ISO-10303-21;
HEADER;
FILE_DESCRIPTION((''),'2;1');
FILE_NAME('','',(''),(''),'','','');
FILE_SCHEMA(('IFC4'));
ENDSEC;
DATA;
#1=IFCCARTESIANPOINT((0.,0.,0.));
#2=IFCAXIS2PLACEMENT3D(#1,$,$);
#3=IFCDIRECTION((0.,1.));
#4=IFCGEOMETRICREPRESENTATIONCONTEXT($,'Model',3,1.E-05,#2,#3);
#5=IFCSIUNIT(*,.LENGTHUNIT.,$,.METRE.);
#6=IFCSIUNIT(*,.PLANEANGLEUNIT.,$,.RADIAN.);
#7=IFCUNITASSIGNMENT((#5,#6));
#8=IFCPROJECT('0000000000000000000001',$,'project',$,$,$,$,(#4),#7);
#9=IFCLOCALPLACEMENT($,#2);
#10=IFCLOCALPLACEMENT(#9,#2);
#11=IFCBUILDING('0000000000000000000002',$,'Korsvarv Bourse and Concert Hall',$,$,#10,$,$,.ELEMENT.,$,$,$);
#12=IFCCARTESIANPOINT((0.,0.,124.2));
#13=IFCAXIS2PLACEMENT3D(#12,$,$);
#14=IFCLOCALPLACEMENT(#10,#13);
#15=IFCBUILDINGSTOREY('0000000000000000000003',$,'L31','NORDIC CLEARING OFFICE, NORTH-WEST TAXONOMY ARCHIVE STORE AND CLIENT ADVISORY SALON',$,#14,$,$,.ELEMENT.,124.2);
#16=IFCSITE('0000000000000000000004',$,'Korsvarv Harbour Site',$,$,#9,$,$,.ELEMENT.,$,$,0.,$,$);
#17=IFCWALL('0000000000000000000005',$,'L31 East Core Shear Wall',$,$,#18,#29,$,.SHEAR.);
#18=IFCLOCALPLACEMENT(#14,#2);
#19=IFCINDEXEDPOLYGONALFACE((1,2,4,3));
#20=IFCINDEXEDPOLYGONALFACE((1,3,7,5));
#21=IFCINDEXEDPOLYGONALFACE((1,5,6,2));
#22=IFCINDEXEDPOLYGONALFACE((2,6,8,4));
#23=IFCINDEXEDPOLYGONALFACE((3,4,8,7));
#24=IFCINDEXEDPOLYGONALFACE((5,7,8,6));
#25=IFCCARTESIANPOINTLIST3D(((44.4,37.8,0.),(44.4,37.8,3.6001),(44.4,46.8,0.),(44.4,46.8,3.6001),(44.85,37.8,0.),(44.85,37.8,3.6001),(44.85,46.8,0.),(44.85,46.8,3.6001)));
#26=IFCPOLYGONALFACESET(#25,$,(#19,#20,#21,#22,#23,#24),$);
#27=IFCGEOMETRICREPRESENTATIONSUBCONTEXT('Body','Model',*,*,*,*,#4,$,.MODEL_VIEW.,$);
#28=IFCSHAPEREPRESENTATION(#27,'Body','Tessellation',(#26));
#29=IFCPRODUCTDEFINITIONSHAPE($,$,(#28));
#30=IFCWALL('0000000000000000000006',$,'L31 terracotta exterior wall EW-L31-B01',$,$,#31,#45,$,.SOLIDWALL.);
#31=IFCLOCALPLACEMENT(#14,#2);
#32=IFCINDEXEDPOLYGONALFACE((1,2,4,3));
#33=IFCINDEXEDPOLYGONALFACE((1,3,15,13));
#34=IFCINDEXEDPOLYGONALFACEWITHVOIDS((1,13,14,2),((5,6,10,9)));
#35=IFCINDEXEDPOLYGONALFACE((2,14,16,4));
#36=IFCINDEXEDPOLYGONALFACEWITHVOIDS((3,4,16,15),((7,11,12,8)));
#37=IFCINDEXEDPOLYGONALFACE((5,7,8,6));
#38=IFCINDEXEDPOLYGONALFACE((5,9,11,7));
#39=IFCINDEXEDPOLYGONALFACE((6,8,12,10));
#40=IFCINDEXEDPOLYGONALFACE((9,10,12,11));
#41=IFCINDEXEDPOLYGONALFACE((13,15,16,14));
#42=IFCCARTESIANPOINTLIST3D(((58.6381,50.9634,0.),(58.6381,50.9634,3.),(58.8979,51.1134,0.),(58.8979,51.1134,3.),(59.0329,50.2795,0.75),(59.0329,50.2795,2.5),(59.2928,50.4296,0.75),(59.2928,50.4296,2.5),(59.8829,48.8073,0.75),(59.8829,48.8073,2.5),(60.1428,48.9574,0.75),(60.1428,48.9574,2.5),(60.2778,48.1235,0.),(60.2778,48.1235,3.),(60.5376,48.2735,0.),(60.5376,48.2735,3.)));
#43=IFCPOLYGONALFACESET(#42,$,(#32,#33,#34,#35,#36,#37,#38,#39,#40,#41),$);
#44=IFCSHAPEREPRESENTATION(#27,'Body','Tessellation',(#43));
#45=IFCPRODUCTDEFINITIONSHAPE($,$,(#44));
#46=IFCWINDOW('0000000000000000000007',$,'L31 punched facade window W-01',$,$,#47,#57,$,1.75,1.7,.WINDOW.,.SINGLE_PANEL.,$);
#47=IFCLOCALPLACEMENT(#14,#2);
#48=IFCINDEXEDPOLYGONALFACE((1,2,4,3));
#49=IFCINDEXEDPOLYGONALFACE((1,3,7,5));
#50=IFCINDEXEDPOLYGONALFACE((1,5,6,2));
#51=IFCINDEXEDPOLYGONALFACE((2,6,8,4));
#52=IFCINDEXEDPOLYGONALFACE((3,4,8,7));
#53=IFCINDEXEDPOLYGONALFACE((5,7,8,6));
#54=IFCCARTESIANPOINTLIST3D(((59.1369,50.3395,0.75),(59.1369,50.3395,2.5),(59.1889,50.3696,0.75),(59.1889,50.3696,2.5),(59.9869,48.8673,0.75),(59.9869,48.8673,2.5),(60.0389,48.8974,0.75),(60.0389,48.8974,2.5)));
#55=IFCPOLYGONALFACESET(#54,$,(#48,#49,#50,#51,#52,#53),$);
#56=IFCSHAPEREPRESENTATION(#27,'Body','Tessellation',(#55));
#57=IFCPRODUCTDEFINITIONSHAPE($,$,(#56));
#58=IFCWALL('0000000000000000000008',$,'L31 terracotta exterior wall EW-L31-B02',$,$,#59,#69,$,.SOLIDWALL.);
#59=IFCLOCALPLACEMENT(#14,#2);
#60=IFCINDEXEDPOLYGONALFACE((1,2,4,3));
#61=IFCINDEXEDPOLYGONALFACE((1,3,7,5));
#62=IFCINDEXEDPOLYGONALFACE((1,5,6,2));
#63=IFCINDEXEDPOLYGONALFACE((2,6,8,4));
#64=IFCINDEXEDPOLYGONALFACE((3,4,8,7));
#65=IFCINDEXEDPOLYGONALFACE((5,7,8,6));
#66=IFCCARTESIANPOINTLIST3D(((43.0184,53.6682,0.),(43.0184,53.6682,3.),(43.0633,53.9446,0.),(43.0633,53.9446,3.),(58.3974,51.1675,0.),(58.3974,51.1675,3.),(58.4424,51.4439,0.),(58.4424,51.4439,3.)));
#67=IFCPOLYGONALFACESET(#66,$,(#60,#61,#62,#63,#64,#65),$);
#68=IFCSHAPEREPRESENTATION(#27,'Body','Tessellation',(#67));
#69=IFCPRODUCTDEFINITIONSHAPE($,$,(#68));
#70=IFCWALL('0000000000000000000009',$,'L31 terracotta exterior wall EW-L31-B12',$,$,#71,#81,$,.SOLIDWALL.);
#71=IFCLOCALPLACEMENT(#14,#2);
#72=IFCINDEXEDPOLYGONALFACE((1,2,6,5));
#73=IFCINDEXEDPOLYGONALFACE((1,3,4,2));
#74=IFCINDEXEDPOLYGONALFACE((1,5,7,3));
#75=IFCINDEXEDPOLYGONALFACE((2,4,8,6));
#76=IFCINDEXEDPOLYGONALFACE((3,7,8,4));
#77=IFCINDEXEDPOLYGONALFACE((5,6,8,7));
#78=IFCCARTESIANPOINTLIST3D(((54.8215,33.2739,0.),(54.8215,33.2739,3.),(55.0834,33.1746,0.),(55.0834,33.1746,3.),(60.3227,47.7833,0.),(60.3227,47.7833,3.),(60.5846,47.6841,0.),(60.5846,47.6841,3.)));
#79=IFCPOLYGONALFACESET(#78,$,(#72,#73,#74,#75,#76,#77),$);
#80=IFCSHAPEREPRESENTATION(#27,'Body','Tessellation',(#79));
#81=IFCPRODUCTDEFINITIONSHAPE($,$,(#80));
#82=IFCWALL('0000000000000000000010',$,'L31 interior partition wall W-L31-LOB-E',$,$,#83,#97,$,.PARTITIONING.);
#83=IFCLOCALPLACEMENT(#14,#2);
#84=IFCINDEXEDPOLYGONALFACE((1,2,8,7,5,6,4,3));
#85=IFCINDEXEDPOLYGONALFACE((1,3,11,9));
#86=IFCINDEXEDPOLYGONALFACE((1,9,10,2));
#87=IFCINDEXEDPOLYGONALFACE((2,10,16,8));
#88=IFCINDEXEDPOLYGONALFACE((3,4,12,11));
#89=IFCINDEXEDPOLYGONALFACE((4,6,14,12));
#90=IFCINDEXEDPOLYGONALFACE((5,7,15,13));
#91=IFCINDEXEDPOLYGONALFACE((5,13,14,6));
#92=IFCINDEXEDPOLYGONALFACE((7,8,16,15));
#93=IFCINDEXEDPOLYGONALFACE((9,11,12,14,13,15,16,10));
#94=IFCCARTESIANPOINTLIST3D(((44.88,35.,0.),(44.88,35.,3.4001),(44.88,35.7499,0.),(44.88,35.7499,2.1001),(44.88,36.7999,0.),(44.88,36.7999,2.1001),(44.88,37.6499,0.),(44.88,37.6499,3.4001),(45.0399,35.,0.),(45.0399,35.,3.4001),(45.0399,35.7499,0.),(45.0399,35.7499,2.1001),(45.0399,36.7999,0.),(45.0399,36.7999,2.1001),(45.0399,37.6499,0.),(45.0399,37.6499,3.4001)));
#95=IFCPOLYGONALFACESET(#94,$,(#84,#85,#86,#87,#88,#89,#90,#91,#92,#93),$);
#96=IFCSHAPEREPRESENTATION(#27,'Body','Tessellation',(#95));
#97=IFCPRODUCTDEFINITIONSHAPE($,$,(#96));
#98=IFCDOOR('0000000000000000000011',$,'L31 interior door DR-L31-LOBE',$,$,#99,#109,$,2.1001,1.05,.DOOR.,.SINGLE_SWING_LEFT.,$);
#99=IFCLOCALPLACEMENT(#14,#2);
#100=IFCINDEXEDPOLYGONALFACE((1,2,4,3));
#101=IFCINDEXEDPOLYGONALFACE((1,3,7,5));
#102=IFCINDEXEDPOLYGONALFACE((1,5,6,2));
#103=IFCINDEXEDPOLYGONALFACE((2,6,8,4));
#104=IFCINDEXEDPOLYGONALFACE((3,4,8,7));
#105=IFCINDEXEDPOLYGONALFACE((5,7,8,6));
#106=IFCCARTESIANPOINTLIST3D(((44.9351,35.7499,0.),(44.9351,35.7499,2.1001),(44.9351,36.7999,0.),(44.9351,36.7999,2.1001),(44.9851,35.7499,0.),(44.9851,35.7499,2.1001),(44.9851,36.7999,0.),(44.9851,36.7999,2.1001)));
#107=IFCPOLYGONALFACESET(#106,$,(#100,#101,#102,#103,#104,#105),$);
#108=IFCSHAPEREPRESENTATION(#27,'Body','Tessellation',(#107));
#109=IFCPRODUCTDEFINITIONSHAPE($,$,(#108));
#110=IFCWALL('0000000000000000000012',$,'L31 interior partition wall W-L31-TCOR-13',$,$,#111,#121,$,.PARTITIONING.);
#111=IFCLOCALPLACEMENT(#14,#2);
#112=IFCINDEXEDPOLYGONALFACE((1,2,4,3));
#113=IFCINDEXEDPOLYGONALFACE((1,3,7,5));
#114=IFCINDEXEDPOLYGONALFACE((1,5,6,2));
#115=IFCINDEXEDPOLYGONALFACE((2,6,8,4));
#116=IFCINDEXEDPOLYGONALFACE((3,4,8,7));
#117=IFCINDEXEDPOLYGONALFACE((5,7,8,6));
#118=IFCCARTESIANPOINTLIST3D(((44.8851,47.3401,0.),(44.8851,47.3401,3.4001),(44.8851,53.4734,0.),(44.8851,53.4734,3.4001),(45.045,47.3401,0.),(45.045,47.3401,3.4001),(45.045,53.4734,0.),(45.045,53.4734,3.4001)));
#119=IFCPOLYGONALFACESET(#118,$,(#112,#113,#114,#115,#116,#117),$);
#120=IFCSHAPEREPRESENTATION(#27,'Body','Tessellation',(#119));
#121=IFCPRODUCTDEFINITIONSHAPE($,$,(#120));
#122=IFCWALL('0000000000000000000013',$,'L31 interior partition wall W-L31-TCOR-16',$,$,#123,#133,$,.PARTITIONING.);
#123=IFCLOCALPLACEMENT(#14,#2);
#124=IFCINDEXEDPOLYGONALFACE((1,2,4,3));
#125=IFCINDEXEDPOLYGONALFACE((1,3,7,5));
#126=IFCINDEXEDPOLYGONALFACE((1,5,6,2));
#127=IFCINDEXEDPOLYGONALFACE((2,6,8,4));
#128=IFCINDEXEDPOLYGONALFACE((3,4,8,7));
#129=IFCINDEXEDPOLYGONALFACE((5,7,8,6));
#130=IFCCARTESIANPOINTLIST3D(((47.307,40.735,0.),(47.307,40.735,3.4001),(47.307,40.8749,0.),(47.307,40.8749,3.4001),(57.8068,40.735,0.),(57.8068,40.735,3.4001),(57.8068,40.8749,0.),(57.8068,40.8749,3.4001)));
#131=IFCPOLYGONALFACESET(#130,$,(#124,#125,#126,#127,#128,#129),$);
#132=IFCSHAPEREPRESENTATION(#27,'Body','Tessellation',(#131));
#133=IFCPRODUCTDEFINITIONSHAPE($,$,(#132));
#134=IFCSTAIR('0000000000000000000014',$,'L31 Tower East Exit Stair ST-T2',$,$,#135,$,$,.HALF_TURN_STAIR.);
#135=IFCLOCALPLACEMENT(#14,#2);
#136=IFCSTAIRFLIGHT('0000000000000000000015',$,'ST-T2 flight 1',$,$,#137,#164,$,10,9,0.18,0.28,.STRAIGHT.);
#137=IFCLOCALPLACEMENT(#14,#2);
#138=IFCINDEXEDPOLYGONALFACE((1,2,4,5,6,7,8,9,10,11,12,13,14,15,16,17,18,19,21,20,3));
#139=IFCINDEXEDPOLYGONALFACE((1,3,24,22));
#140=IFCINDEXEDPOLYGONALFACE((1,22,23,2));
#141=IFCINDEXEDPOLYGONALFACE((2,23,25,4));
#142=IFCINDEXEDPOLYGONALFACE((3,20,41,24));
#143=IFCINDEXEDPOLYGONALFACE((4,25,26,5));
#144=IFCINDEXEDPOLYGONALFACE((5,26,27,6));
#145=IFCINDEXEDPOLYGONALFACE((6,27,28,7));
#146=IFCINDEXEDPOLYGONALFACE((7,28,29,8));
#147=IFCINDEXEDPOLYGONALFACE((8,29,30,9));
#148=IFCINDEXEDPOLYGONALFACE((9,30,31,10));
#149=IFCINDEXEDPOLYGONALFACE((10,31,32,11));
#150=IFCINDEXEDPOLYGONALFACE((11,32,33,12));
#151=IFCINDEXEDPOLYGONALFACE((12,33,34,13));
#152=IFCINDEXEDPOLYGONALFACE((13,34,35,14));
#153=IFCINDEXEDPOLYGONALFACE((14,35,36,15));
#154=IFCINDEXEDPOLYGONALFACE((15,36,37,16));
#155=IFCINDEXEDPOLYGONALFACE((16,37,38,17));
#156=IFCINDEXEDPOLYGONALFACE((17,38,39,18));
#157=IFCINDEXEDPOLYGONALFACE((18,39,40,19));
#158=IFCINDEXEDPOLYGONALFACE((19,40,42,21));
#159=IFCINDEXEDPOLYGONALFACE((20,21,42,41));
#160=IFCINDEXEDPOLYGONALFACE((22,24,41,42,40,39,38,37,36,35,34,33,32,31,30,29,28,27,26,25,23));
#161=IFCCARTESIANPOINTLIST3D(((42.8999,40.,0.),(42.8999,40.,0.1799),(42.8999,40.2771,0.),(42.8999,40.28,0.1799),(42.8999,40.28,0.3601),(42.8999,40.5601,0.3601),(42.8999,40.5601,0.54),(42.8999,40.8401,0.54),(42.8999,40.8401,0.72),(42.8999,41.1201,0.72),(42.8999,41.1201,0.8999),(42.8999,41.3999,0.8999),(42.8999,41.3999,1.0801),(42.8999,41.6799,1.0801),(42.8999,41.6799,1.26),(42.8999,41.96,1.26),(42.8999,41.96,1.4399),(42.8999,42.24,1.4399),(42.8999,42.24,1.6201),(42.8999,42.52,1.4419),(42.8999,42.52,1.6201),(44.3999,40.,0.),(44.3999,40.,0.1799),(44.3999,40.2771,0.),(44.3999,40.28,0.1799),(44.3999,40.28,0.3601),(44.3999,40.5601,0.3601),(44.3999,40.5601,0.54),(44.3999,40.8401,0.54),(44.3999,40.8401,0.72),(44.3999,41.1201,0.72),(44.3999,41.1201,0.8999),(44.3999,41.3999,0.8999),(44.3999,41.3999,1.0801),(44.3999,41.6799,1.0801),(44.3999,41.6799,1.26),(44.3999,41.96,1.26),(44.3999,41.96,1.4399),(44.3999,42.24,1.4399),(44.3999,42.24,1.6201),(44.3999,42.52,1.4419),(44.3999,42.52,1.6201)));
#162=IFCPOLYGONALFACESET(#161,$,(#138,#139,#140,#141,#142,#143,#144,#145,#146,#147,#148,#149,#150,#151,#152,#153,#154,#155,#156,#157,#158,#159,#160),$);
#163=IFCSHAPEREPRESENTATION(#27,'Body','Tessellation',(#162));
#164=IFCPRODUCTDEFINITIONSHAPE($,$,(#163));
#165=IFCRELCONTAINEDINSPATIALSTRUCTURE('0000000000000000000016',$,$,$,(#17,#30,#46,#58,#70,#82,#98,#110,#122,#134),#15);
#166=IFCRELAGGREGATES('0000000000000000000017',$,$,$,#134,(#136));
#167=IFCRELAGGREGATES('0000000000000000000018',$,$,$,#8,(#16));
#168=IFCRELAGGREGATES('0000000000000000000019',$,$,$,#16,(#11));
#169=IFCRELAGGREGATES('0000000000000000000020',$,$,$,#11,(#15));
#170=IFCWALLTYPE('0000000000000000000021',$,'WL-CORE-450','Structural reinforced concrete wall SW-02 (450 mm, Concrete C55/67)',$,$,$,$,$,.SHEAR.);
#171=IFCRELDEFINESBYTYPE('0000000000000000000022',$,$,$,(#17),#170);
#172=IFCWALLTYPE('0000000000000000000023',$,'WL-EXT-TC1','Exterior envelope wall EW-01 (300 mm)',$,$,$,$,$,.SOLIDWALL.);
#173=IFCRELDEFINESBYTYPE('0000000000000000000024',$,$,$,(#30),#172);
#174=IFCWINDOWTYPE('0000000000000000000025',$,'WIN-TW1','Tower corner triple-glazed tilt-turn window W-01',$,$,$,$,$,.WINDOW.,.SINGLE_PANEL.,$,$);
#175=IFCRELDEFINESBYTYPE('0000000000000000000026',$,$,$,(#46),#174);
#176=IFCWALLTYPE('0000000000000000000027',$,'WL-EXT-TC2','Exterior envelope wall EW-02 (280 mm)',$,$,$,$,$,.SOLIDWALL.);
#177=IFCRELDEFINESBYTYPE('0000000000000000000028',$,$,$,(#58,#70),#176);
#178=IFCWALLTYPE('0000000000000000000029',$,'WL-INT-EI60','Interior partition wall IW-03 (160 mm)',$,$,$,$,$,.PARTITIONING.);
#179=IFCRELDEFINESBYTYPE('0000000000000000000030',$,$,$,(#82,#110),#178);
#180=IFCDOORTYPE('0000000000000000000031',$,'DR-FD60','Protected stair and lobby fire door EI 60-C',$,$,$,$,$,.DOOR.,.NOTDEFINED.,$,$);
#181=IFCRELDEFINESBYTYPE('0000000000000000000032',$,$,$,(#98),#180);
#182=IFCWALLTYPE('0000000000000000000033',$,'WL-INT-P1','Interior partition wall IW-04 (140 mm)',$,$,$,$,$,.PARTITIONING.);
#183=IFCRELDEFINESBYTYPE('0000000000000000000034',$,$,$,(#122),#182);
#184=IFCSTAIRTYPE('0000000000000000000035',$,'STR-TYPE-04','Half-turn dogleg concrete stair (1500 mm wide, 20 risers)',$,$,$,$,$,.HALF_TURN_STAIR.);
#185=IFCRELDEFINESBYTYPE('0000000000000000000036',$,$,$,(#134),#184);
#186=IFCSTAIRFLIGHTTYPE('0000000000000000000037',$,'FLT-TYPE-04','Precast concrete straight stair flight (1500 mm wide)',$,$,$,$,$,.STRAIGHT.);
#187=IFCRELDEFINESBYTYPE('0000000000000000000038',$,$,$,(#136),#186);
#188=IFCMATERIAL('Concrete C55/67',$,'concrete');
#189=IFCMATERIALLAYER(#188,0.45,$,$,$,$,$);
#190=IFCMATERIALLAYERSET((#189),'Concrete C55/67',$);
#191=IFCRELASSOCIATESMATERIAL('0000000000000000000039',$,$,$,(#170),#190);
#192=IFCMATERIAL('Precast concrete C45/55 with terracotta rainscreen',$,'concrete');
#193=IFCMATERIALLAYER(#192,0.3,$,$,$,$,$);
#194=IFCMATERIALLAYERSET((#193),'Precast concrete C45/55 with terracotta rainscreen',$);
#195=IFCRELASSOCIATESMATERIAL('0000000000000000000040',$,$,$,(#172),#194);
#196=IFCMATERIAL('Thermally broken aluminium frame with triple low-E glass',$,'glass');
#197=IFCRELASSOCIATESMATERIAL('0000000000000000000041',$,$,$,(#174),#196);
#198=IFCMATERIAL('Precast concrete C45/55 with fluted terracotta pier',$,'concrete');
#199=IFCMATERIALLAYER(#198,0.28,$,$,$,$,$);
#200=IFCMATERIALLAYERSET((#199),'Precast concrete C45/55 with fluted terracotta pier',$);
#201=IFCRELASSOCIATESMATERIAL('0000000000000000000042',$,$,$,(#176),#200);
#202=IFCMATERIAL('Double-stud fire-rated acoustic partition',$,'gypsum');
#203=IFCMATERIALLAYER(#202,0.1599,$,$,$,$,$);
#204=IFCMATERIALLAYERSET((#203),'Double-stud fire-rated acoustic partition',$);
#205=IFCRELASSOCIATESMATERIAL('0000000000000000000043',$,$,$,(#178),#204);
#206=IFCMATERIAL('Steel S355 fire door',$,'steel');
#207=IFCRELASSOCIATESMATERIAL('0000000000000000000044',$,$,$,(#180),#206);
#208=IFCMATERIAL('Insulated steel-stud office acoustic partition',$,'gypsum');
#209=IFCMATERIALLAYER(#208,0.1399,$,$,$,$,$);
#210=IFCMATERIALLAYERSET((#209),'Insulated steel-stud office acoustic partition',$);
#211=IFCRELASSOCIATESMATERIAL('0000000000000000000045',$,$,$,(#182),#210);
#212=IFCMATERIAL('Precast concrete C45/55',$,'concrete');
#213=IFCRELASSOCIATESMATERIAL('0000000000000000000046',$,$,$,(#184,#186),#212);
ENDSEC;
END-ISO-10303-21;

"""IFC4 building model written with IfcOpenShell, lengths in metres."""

from ifc_helpers import new_model, si_unit, direction, frame, frame_2d, origin, place, context, subcontext, project, spatial, polyline, rectangle, outline, extrude, material, layer, layer_set, type_object, element, fill, aggregate, save


model = new_model("IFC4")

# Units and contexts
model_context = context("Model", 3, precision=1e-05, world=origin(), true_north=direction((0.0, 1.0)))
body_context = subcontext(model_context, "Body", "Model", "MODEL_VIEW")
ifc_project = project(units=[si_unit("LENGTHUNIT", "METRE"), si_unit("PLANEANGLEUNIT", "RADIAN")], contexts=[model_context])

# Site, building, storey
site_placement = place(None, origin())
site = spatial("IfcSite", under=ifc_project, at=site_placement, Name="Korsvarv Harbour Site", CompositionType="ELEMENT", RefElevation=0.0)
building_placement = place(site_placement, origin())
building = spatial("IfcBuilding", under=site, at=building_placement, Name="Korsvarv Bourse and Concert Hall", CompositionType="ELEMENT")
storey_placement = place(building_placement, frame((0.0, 0.0, 124.2)))
storey = spatial("IfcBuildingStorey", under=building, at=storey_placement, Name="L31", Description="NORDIC CLEARING OFFICE, NORTH-WEST TAXONOMY ARCHIVE STORE AND CLIENT ADVISORY SALON", CompositionType="ELEMENT", Elevation=124.2)

# Wall
ifc_material_1 = material(Name="Concrete C55/67", Category="concrete")
ifc_layer_1 = layer(ifc_material_1, 0.45)
ifc_layer_set_1 = layer_set([ifc_layer_1], Name="Concrete C55/67")
wall_type_1 = type_object("IfcWallType", Name="WL-CORE-450", Description="Structural reinforced concrete wall SW-02 (450 mm, Concrete C55/67)", PredefinedType="SHEAR", material=ifc_layer_set_1)
wall_1_placement = place(storey_placement, frame((44.625, 37.8, 0.0), z_axis=(0.0, 0.0, 1.0), x_axis=(0.0, 1.0, 0.0)))
element("IfcWall", 1, at=wall_1_placement, inside=storey, type_object=wall_type_1, Name="L31 East Core Shear Wall", PredefinedType="SHEAR", context=body_context, shape_type="SweptSolid", body=[
    extrude(rectangle(XDim=9.0, YDim=0.45, at=frame_2d((4.5, 0.0))), origin(), (0.0, 0.0, 1.0), 3.6001),
])

# Wall, opening, window
ifc_material_2 = material(Name="Precast concrete C45/55 with terracotta rainscreen", Category="concrete")
ifc_layer_2 = layer(ifc_material_2, 0.3)
ifc_layer_set_2 = layer_set([ifc_layer_2], Name="Precast concrete C45/55 with terracotta rainscreen")
wall_type_2 = type_object("IfcWallType", Name="WL-EXT-TC1", Description="Exterior envelope wall EW-01 (300 mm)", PredefinedType="SOLIDWALL", material=ifc_layer_set_2)
wall_2_placement = place(storey_placement, frame((60.4077, 48.1985, 0.0), z_axis=(0.0, 0.0, 1.0), x_axis=(-0.500015, 0.866017, 0.0)))
wall_2 = element("IfcWall", 2, at=wall_2_placement, inside=storey, type_object=wall_type_2, Name="L31 terracotta exterior wall EW-L31-B01", PredefinedType="SOLIDWALL", context=body_context, shape_type="SweptSolid", body=[
    extrude(rectangle(XDim=3.2793, YDim=0.3, at=frame_2d((1.6396, 0.0))), origin(), (0.0, 0.0, 1.0), 3.0),
])
opening_1_placement = place(wall_2_placement, frame((0.7896, 0.0, 0.75)))
opening_1 = element("IfcOpeningElement", 3, at=opening_1_placement, cuts=wall_2, PredefinedType="OPENING", context=body_context, shape_type="SweptSolid", body=[
    extrude(rectangle(XDim=1.7, YDim=1.75, at=frame_2d((0.8501, 0.875))), frame((0.0, 0.1602, 0.0), z_axis=(0.0, -1.0, 0.0), x_axis=(1.0, 0.0, 0.0)), (0.0, 0.0, 1.0), 0.3201),
])
ifc_material_3 = material(Name="Thermally broken aluminium frame with triple low-E glass", Category="glass")
window_type = type_object("IfcWindowType", Name="WIN-TW1", Description="Tower corner triple-glazed tilt-turn window W-01", PartitioningType="SINGLE_PANEL", PredefinedType="WINDOW", material=ifc_material_3)
window_placement = place(opening_1_placement, origin())
window = element("IfcWindow", 4, at=window_placement, inside=storey, type_object=window_type, Name="L31 punched facade window W-01", OverallHeight=1.75, OverallWidth=1.7, PartitioningType="SINGLE_PANEL", PredefinedType="WINDOW", context=body_context, shape_type="SweptSolid", body=[
    extrude(rectangle(XDim=1.7, YDim=1.75, at=frame_2d((0.8501, 0.875))), frame((0.0, 0.03, 0.0), z_axis=(0.0, -1.0, 0.0), x_axis=(1.0, 0.0, 0.0)), (0.0, 0.0, 1.0), 0.0601),
])
fill(opening_1, window)

# Walls
ifc_material_4 = material(Name="Precast concrete C45/55 with fluted terracotta pier", Category="concrete")
ifc_layer_3 = layer(ifc_material_4, 0.28)
ifc_layer_set_3 = layer_set([ifc_layer_3], Name="Precast concrete C45/55 with fluted terracotta pier")
wall_type_3 = type_object("IfcWallType", Name="WL-EXT-TC2", Description="Exterior envelope wall EW-02 (280 mm)", PredefinedType="SOLIDWALL", material=ifc_layer_set_3)
wall_3_placement = place(storey_placement, frame((58.4199, 51.3057, 0.0), z_axis=(0.0, 0.0, 1.0), x_axis=(-0.987036, 0.160497, 0.0)))
element("IfcWall", 5, at=wall_3_placement, inside=storey, type_object=wall_type_3, Name="L31 terracotta exterior wall EW-L31-B02", PredefinedType="SOLIDWALL", context=body_context, shape_type="SweptSolid", body=[
    extrude(rectangle(XDim=15.5811, YDim=0.28, at=frame_2d((7.7905, 0.0))), origin(), (0.0, 0.0, 1.0), 3.0),
])
wall_4_placement = place(storey_placement, frame((54.9524, 33.2241, 0.0), z_axis=(0.0, 0.0, 1.0), x_axis=(0.35452, 0.935049, 0.0)))
element("IfcWall", 6, at=wall_4_placement, inside=storey, type_object=wall_type_3, Name="L31 terracotta exterior wall EW-L31-B12", PredefinedType="SOLIDWALL", context=body_context, shape_type="SweptSolid", body=[
    extrude(rectangle(XDim=15.5173, YDim=0.28, at=frame_2d((7.7588, 0.0))), origin(), (0.0, 0.0, 1.0), 3.0),
])

# Wall, opening, door
ifc_material_5 = material(Name="Double-stud fire-rated acoustic partition", Category="gypsum")
ifc_layer_4 = layer(ifc_material_5, 0.1599)
ifc_layer_set_4 = layer_set([ifc_layer_4], Name="Double-stud fire-rated acoustic partition")
wall_type_4 = type_object("IfcWallType", Name="WL-INT-EI60", Description="Interior partition wall IW-03 (160 mm)", PredefinedType="PARTITIONING", material=ifc_layer_set_4)
wall_5_placement = place(storey_placement, frame((44.96, 35.0, 0.0), z_axis=(0.0, 0.0, 1.0), x_axis=(0.0, 1.0, 0.0)))
wall_5 = element("IfcWall", 7, at=wall_5_placement, inside=storey, type_object=wall_type_4, Name="L31 interior partition wall W-L31-LOB-E", PredefinedType="PARTITIONING", context=body_context, shape_type="SweptSolid", body=[
    extrude(rectangle(XDim=2.6499, YDim=0.1599, at=frame_2d((1.325, 0.0))), origin(), (0.0, 0.0, 1.0), 3.4001),
])
opening_2_placement = place(wall_5_placement, frame((0.75, 0.0, 0.0)))
opening_2 = element("IfcOpeningElement", 8, at=opening_2_placement, cuts=wall_5, PredefinedType="OPENING", context=body_context, shape_type="SweptSolid", body=[
    extrude(rectangle(XDim=1.05, YDim=2.1001, at=frame_2d((0.5249, 1.05))), frame((0.0, 0.0898, 0.0), z_axis=(0.0, -1.0, 0.0), x_axis=(1.0, 0.0, 0.0)), (0.0, 0.0, 1.0), 0.1799),
])
ifc_material_6 = material(Name="Steel S355 fire door", Category="steel")
door_type = type_object("IfcDoorType", Name="DR-FD60", Description="Protected stair and lobby fire door EI 60-C", OperationType="NOTDEFINED", PredefinedType="DOOR", material=ifc_material_6)
door_placement = place(opening_2_placement, origin())
door = element("IfcDoor", 9, at=door_placement, inside=storey, type_object=door_type, Name="L31 interior door DR-L31-LOBE", OperationType="SINGLE_SWING_LEFT", OverallHeight=2.1001, OverallWidth=1.05, PredefinedType="DOOR", context=body_context, shape_type="SweptSolid", body=[
    extrude(rectangle(XDim=1.05, YDim=2.1001, at=frame_2d((0.5249, 1.05))), frame((0.0, 0.0249, 0.0), z_axis=(0.0, -1.0, 0.0), x_axis=(1.0, 0.0, 0.0)), (0.0, 0.0, 1.0), 0.05),
])
fill(opening_2, door)

# Walls
wall_6_placement = place(storey_placement, frame((44.9651, 47.3401, 0.0), z_axis=(0.0, 0.0, 1.0), x_axis=(0.0, 1.0, 0.0)))
element("IfcWall", 10, at=wall_6_placement, inside=storey, type_object=wall_type_4, Name="L31 interior partition wall W-L31-TCOR-13", PredefinedType="PARTITIONING", context=body_context, shape_type="SweptSolid", body=[
    extrude(rectangle(XDim=6.1333, YDim=0.1599, at=frame_2d((3.0667, 0.0))), origin(), (0.0, 0.0, 1.0), 3.4001),
])
ifc_material_7 = material(Name="Insulated steel-stud office acoustic partition", Category="gypsum")
ifc_layer_5 = layer(ifc_material_7, 0.1399)
ifc_layer_set_5 = layer_set([ifc_layer_5], Name="Insulated steel-stud office acoustic partition")
wall_type_5 = type_object("IfcWallType", Name="WL-INT-P1", Description="Interior partition wall IW-04 (140 mm)", PredefinedType="PARTITIONING", material=ifc_layer_set_5)
wall_7_placement = place(storey_placement, frame((47.3069, 40.8049, 0.0), z_axis=(0.0, 0.0, 1.0), x_axis=(1.0, 0.0, 0.0)))
element("IfcWall", 11, at=wall_7_placement, inside=storey, type_object=wall_type_5, Name="L31 interior partition wall W-L31-TCOR-16", PredefinedType="PARTITIONING", context=body_context, shape_type="SweptSolid", body=[
    extrude(rectangle(XDim=10.4998, YDim=0.1399, at=frame_2d((5.25, 0.0))), origin(), (0.0, 0.0, 1.0), 3.4001),
])

# Stair, stair flight
ifc_material_8 = material(Name="Precast concrete C45/55", Category="concrete")
stair_type = type_object("IfcStairType", Name="STR-TYPE-04", Description="Half-turn dogleg concrete stair (1500 mm wide, 20 risers)", PredefinedType="HALF_TURN_STAIR", material=ifc_material_8)
stair_placement = place(storey_placement, origin())
stair = element("IfcStair", 12, at=stair_placement, inside=storey, type_object=stair_type, Name="L31 Tower East Exit Stair ST-T2", PredefinedType="HALF_TURN_STAIR")
stair_flight_type = type_object("IfcStairFlightType", Name="FLT-TYPE-04", Description="Precast concrete straight stair flight (1500 mm wide)", PredefinedType="STRAIGHT", material=ifc_material_8)
stair_flight_placement = place(storey_placement, frame((43.6499, 40.0, 0.0), z_axis=(0.0, 0.0, 1.0), x_axis=(0.0, 1.0, 0.0)))
stair_flight = element("IfcStairFlight", 13, at=stair_flight_placement, type_object=stair_flight_type, Name="ST-T2 flight 1", NumberOfRisers=10, NumberOfTreads=9, PredefinedType="STRAIGHT", RiserHeight=0.18, TreadLength=0.28, context=body_context, shape_type="SweptSolid", body=[
    extrude(outline(polyline([(0.0, 0.0), (0.0, 0.1799), (0.28, 0.1799), (0.28, 0.3601), (0.5601, 0.3601), (0.5601, 0.54), (0.8401, 0.54), (0.8401, 0.72), (1.1201, 0.72), (1.1201, 0.8999), (1.3999, 0.8999), (1.3999, 1.0801), (1.6799, 1.0801), (1.6799, 1.26), (1.96, 1.26), (1.96, 1.4399), (2.24, 1.4399), (2.24, 1.6201), (2.52, 1.6201), (2.52, 1.8), (2.52, 1.4419), (0.2771, 0.0), (0.0, 0.0)])), frame((0.0, 0.75, 0.0), z_axis=(0.0, -1.0, 0.0), x_axis=(1.0, 0.0, 0.0)), (0.0, 0.0, 1.0), 1.5),
])
aggregate(stair, [stair_flight])

save(model, "model.ifc")
